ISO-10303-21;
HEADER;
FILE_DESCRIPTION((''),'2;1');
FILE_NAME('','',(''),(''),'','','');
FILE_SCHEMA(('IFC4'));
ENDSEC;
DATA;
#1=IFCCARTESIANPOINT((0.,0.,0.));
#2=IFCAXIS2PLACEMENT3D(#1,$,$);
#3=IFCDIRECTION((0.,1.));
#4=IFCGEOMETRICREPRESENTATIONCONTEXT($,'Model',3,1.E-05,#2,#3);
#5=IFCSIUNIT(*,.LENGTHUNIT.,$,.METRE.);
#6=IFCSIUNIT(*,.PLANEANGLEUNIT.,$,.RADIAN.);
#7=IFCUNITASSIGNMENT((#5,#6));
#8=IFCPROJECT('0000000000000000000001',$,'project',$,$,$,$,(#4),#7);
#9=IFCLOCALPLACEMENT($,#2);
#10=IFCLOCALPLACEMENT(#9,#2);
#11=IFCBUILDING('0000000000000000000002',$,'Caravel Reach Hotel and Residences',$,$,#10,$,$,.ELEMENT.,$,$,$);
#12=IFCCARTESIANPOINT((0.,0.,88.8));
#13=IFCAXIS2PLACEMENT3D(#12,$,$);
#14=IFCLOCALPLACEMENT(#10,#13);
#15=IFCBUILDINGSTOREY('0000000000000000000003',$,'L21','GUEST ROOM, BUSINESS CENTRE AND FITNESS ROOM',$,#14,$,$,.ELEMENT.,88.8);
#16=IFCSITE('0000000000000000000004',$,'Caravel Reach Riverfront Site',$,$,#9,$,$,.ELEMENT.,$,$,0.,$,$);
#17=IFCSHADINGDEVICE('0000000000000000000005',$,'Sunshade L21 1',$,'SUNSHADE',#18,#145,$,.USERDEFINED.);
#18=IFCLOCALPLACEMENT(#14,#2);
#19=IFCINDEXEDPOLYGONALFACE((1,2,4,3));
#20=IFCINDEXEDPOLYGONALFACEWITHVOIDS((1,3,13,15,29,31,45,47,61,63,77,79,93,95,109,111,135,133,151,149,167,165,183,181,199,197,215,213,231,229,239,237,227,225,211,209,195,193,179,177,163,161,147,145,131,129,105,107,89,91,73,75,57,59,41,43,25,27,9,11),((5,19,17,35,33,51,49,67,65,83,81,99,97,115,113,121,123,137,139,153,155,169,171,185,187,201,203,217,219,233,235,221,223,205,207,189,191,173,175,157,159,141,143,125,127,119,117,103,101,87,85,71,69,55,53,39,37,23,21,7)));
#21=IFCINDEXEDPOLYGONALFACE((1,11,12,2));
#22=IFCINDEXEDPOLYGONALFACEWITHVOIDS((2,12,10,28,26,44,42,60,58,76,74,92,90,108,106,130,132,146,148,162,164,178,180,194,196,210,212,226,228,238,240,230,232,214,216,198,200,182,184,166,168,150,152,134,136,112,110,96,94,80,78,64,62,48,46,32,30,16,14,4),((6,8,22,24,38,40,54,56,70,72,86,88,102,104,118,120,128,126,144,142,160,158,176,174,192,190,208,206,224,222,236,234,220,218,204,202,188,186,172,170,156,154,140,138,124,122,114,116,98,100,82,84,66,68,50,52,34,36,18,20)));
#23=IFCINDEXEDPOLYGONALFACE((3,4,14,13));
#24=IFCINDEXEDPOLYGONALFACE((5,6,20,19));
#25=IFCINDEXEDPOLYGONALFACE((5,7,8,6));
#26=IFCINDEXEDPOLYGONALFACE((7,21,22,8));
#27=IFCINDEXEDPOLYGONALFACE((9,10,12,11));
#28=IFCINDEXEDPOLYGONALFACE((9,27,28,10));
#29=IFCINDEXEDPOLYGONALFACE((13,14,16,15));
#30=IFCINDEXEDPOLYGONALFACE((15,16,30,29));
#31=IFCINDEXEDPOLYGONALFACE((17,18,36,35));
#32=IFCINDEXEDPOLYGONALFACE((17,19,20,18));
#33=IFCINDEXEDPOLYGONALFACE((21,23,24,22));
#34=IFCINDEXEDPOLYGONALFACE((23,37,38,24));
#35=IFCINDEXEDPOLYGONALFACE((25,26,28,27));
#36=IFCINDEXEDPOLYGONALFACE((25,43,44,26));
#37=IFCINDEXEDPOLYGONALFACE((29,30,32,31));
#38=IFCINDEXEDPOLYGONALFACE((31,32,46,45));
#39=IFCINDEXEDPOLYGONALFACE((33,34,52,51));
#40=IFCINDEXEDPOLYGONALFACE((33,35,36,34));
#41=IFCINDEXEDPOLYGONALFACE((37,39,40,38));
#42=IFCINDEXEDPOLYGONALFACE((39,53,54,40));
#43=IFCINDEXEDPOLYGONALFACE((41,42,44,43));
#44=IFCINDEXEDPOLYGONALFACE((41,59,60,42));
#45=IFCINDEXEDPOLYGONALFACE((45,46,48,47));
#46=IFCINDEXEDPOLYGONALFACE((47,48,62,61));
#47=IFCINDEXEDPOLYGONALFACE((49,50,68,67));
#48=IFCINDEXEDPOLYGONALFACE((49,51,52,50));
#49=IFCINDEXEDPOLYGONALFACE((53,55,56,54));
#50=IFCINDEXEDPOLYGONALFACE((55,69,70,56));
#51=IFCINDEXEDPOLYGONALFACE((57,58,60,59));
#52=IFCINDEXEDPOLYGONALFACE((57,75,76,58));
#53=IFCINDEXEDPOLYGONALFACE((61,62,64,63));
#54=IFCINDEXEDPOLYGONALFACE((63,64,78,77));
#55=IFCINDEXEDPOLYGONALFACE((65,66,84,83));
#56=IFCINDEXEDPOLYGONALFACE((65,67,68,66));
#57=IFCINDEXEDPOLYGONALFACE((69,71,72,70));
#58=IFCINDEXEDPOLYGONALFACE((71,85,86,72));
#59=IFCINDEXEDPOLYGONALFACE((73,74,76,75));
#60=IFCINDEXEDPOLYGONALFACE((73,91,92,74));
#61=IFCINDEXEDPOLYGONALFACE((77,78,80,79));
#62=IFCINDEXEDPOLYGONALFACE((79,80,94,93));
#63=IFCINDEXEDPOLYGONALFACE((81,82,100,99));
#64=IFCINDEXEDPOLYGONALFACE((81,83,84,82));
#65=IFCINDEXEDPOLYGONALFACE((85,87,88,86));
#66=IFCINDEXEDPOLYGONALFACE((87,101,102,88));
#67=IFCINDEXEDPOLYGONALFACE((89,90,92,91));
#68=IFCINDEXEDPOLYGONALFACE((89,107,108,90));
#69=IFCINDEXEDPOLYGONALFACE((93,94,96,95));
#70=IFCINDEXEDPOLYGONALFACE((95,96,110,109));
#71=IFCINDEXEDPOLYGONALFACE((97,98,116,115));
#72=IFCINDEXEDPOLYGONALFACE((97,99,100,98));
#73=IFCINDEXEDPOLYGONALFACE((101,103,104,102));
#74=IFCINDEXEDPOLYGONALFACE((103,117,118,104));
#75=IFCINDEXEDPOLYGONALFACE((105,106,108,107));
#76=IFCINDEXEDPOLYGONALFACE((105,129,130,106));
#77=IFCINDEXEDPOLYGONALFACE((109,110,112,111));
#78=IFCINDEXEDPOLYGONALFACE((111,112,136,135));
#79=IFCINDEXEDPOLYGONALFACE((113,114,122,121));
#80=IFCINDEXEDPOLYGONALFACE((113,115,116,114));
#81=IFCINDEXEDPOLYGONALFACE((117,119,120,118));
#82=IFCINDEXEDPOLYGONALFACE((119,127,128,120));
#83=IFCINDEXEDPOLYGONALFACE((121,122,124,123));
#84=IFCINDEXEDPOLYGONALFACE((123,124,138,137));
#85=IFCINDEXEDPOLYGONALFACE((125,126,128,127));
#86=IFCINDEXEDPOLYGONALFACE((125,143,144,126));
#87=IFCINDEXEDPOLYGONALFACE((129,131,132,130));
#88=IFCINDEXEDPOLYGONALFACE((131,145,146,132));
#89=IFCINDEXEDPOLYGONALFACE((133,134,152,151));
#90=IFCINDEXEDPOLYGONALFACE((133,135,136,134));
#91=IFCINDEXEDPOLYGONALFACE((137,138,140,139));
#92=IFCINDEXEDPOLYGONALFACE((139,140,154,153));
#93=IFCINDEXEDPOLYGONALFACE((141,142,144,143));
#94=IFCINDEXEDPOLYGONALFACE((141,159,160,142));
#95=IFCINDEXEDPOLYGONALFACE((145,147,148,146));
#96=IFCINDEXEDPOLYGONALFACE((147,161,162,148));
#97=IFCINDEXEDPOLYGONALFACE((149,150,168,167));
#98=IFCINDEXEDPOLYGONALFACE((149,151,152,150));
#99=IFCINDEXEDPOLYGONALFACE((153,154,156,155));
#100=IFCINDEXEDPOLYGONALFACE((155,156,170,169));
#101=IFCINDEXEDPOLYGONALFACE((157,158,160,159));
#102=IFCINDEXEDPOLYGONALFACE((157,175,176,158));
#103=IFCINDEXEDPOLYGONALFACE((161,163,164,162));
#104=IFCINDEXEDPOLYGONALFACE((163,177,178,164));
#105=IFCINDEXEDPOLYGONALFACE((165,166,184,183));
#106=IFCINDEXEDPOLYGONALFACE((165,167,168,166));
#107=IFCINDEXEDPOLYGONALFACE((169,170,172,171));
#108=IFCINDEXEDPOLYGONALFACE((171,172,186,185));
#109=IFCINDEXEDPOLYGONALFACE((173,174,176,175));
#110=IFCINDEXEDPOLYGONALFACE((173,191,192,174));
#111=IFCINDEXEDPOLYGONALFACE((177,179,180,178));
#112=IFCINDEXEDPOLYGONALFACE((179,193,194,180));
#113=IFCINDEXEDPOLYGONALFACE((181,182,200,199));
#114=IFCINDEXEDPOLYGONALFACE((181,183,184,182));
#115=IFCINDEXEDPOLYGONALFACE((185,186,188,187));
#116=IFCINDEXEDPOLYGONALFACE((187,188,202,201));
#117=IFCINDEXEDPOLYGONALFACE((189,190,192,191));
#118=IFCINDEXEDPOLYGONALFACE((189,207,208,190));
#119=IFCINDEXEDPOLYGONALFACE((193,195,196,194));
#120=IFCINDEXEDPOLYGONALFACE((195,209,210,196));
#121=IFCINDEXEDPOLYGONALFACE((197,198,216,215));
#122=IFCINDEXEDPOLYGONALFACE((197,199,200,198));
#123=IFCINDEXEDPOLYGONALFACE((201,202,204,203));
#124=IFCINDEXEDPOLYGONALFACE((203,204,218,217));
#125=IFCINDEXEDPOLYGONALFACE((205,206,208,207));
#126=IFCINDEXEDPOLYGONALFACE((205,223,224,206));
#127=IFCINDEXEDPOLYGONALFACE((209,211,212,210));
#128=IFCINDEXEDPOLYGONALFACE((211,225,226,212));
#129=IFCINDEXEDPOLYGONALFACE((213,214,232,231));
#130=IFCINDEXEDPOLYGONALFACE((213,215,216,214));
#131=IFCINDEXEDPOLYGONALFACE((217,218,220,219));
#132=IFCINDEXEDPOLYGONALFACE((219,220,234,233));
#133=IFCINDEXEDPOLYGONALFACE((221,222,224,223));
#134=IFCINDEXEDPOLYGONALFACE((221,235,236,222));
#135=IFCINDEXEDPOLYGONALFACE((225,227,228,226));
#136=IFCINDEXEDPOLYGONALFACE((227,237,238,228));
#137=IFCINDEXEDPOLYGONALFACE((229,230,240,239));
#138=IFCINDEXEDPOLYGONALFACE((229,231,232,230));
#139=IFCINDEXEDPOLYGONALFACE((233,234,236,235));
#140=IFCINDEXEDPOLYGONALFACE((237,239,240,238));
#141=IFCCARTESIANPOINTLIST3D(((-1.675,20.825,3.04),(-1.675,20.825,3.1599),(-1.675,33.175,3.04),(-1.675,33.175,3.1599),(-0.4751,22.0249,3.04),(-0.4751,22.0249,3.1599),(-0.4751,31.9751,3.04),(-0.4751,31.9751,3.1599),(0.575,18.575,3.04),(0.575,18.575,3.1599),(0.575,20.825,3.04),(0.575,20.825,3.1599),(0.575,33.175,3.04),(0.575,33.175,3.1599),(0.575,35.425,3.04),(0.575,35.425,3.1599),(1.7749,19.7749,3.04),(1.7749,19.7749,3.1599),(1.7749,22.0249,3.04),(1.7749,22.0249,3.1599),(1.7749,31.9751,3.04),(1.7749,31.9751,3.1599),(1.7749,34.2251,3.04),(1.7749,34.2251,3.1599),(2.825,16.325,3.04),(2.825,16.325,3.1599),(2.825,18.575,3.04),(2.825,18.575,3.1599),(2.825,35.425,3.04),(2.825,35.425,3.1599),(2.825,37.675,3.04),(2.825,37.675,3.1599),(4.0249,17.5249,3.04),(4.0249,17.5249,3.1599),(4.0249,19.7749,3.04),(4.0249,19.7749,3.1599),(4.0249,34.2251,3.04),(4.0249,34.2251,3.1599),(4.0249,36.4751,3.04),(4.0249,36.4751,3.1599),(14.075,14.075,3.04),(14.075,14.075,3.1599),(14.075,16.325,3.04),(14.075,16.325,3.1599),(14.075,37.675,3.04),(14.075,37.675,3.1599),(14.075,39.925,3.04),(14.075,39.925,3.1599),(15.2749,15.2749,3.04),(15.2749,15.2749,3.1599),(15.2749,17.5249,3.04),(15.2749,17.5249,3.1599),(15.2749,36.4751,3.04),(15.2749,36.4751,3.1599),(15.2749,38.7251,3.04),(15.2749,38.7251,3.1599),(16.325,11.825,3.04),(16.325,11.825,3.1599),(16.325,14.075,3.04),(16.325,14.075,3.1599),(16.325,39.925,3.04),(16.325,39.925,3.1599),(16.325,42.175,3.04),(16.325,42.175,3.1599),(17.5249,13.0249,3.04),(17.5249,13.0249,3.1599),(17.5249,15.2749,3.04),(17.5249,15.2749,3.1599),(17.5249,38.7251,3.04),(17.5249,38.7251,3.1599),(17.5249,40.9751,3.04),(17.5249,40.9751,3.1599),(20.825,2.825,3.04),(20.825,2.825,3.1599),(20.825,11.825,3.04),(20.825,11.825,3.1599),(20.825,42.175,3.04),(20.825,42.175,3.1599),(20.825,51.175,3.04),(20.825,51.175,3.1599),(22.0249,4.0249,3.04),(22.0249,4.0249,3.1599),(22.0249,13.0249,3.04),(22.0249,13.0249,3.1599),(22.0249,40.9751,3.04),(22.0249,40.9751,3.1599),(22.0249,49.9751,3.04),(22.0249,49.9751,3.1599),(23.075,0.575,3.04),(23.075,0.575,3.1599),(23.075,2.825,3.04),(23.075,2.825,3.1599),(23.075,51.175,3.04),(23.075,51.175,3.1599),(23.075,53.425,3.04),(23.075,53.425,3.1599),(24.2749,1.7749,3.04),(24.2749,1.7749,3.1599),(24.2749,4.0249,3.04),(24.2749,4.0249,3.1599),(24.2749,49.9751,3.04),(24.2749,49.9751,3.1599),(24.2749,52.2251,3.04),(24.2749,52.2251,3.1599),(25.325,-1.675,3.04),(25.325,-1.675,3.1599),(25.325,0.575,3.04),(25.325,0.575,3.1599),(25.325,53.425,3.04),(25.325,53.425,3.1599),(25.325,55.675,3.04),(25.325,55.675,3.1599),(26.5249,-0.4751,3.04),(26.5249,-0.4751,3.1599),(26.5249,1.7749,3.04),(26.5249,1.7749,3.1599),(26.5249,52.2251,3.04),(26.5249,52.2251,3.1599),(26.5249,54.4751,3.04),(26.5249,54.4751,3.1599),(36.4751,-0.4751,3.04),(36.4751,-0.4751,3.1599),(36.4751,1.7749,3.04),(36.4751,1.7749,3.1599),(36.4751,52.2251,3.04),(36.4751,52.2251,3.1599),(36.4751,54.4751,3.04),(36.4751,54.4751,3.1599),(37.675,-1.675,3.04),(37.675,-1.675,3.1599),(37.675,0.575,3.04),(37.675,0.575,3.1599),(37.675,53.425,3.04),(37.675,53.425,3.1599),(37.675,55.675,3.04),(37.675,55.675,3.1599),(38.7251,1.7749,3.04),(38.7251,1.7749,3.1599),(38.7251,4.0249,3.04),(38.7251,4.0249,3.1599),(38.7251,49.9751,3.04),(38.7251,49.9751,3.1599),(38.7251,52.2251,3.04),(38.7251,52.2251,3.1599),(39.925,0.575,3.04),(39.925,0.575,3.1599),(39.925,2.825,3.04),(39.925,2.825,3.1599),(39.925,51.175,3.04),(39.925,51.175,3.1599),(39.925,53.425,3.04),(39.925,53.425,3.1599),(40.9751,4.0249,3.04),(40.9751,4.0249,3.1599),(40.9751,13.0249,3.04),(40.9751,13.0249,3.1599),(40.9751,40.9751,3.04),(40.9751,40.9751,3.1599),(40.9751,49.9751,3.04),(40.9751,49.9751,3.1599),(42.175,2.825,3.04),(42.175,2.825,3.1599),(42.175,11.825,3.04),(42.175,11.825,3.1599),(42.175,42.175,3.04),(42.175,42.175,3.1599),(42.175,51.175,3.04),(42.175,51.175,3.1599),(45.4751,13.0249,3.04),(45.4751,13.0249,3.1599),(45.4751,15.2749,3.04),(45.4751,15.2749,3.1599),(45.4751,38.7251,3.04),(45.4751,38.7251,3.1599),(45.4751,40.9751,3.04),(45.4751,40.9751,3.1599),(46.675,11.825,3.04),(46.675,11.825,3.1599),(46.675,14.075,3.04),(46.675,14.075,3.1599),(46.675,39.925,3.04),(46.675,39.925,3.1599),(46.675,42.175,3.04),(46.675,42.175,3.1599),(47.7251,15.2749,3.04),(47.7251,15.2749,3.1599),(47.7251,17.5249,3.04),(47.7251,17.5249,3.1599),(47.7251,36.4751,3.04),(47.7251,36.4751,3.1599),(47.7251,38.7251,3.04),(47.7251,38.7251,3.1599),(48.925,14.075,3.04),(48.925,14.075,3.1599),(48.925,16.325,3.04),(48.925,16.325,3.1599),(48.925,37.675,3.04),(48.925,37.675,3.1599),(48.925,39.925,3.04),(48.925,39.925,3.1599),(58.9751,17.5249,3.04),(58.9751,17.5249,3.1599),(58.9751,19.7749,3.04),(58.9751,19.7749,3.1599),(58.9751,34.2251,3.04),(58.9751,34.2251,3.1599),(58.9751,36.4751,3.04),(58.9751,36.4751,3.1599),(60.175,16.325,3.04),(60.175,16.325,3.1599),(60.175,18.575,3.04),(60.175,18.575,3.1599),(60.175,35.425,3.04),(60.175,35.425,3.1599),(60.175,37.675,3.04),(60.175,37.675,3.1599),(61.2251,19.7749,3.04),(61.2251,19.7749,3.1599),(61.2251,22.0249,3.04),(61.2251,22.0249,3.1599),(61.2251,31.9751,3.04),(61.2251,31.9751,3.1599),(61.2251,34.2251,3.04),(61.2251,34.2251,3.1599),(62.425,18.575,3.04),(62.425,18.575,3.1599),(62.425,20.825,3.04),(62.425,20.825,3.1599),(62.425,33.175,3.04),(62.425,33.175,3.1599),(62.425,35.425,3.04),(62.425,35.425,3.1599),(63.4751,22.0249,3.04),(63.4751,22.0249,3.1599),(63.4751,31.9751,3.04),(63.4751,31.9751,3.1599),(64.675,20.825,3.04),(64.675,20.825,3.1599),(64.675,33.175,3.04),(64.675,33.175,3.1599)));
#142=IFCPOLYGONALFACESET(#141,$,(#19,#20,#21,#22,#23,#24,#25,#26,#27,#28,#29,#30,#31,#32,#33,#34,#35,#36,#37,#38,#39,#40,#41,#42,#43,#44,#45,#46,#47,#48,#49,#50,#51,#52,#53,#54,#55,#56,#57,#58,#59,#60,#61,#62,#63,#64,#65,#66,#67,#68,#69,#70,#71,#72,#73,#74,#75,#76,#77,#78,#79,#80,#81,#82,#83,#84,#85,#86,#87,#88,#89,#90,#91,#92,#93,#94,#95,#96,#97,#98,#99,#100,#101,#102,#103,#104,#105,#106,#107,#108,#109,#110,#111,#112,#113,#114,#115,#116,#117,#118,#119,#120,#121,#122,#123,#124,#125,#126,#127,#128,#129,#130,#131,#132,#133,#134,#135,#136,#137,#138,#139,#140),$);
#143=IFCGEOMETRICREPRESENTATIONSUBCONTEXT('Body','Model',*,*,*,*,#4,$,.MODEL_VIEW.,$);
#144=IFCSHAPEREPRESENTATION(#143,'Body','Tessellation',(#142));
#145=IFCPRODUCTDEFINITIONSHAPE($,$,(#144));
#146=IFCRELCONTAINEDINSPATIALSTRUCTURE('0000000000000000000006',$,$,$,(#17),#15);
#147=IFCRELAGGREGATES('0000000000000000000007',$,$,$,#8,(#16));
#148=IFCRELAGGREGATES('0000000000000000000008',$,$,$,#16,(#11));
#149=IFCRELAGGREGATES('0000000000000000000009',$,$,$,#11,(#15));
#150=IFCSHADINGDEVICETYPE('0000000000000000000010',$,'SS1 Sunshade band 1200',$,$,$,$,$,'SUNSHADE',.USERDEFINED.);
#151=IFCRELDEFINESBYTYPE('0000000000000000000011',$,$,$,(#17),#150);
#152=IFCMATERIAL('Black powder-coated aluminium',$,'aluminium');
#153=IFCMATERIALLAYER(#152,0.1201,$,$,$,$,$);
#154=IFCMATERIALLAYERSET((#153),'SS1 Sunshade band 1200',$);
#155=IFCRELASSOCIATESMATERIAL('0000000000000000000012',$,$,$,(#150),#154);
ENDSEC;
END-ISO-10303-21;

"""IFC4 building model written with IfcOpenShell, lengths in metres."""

from ifc_helpers import new_model, si_unit, direction, frame, origin, place, context, subcontext, project, spatial, polyline, outline, extrude, material, layer, layer_set, type_object, element, save


model = new_model("IFC4")

# Units and contexts
model_context = context("Model", 3, precision=1e-05, world=origin(), true_north=direction((0.0, 1.0)))
body_context = subcontext(model_context, "Body", "Model", "MODEL_VIEW")
ifc_project = project(units=[si_unit("LENGTHUNIT", "METRE"), si_unit("PLANEANGLEUNIT", "RADIAN")], contexts=[model_context])

# Site, building, storey
site_placement = place(None, origin())
site = spatial("IfcSite", under=ifc_project, at=site_placement, Name="Caravel Reach Riverfront Site", CompositionType="ELEMENT", RefElevation=0.0)
building_placement = place(site_placement, origin())
building = spatial("IfcBuilding", under=site, at=building_placement, Name="Caravel Reach Hotel and Residences", CompositionType="ELEMENT")
storey_placement = place(building_placement, frame((0.0, 0.0, 88.8)))
storey = spatial("IfcBuildingStorey", under=building, at=storey_placement, Name="L21", Description="GUEST ROOM, BUSINESS CENTRE AND FITNESS ROOM", CompositionType="ELEMENT", Elevation=88.8)

# Shading device
ifc_material_1 = material(Name="Black powder-coated aluminium", Category="aluminium")
ifc_layer_1 = layer(ifc_material_1, 0.1201)
ifc_layer_set_1 = layer_set([ifc_layer_1], Name="SS1 Sunshade band 1200")
shading_device_type = type_object("IfcShadingDeviceType", Name="SS1 Sunshade band 1200", ElementType="SUNSHADE", PredefinedType="USERDEFINED", material=ifc_layer_set_1)
shading_device_placement = place(storey_placement, frame((0.0, 0.0, 3.04)))
element("IfcShadingDevice", 1, at=shading_device_placement, inside=storey, type_object=shading_device_type, Name="Sunshade L21 1", ObjectType="SUNSHADE", PredefinedType="USERDEFINED", context=body_context, shape_type="SweptSolid", body=[
    extrude(outline(polyline([(20.825, 11.825), (20.825, 2.825), (23.075, 2.825), (23.075, 0.575), (25.325, 0.575), (25.325, -1.675), (37.675, -1.675), (37.675, 0.575), (39.925, 0.575), (39.925, 2.825), (42.175, 2.825), (42.175, 11.825), (46.675, 11.825), (46.675, 14.075), (48.925, 14.075), (48.925, 16.325), (60.175, 16.325), (60.175, 18.575), (62.425, 18.575), (62.425, 20.825), (64.675, 20.825), (64.675, 33.175), (62.425, 33.175), (62.425, 35.425), (60.175, 35.425), (60.175, 37.675), (48.925, 37.675), (48.925, 39.925), (46.675, 39.925), (46.675, 42.175), (42.175, 42.175), (42.175, 51.175), (39.925, 51.175), (39.925, 53.425), (37.675, 53.425), (37.675, 55.675), (25.325, 55.675), (25.325, 53.425), (23.075, 53.425), (23.075, 51.175), (20.825, 51.175), (20.825, 42.175), (16.325, 42.175), (16.325, 39.925), (14.075, 39.925), (14.075, 37.675), (2.825, 37.675), (2.825, 35.425), (0.575, 35.425), (0.575, 33.175), (-1.675, 33.175), (-1.675, 20.825), (0.575, 20.825), (0.575, 18.575), (2.825, 18.575), (2.825, 16.325), (14.075, 16.325), (14.075, 14.075), (16.325, 14.075), (16.325, 11.825), (20.825, 11.825)]), holes=[polyline([(24.2749, 4.0249), (22.0249, 4.0249), (22.0249, 13.0249), (17.5249, 13.0249), (17.5249, 15.2749), (15.2749, 15.2749), (15.2749, 17.5249), (4.0249, 17.5249), (4.0249, 19.7749), (1.7749, 19.7749), (1.7749, 22.0249), (-0.4751, 22.0249), (-0.4751, 31.9751), (1.7749, 31.9751), (1.7749, 34.2251), (4.0249, 34.2251), (4.0249, 36.4751), (15.2749, 36.4751), (15.2749, 38.7251), (17.5249, 38.7251), (17.5249, 40.9751), (22.0249, 40.9751), (22.0249, 49.9751), (24.2749, 49.9751), (24.2749, 52.2251), (26.5249, 52.2251), (26.5249, 54.4751), (36.4751, 54.4751), (36.4751, 52.2251), (38.7251, 52.2251), (38.7251, 49.9751), (40.9751, 49.9751), (40.9751, 40.9751), (45.4751, 40.9751), (45.4751, 38.7251), (47.7251, 38.7251), (47.7251, 36.4751), (58.9751, 36.4751), (58.9751, 34.2251), (61.2251, 34.2251), (61.2251, 31.9751), (63.4751, 31.9751), (63.4751, 22.0249), (61.2251, 22.0249), (61.2251, 19.7749), (58.9751, 19.7749), (58.9751, 17.5249), (47.7251, 17.5249), (47.7251, 15.2749), (45.4751, 15.2749), (45.4751, 13.0249), (40.9751, 13.0249), (40.9751, 4.0249), (38.7251, 4.0249), (38.7251, 1.7749), (36.4751, 1.7749), (36.4751, -0.4751), (26.5249, -0.4751), (26.5249, 1.7749), (24.2749, 1.7749), (24.2749, 4.0249)])]), origin(), (0.0, 0.0, 1.0), 0.1199),
])

save(model, "model.ifc")
